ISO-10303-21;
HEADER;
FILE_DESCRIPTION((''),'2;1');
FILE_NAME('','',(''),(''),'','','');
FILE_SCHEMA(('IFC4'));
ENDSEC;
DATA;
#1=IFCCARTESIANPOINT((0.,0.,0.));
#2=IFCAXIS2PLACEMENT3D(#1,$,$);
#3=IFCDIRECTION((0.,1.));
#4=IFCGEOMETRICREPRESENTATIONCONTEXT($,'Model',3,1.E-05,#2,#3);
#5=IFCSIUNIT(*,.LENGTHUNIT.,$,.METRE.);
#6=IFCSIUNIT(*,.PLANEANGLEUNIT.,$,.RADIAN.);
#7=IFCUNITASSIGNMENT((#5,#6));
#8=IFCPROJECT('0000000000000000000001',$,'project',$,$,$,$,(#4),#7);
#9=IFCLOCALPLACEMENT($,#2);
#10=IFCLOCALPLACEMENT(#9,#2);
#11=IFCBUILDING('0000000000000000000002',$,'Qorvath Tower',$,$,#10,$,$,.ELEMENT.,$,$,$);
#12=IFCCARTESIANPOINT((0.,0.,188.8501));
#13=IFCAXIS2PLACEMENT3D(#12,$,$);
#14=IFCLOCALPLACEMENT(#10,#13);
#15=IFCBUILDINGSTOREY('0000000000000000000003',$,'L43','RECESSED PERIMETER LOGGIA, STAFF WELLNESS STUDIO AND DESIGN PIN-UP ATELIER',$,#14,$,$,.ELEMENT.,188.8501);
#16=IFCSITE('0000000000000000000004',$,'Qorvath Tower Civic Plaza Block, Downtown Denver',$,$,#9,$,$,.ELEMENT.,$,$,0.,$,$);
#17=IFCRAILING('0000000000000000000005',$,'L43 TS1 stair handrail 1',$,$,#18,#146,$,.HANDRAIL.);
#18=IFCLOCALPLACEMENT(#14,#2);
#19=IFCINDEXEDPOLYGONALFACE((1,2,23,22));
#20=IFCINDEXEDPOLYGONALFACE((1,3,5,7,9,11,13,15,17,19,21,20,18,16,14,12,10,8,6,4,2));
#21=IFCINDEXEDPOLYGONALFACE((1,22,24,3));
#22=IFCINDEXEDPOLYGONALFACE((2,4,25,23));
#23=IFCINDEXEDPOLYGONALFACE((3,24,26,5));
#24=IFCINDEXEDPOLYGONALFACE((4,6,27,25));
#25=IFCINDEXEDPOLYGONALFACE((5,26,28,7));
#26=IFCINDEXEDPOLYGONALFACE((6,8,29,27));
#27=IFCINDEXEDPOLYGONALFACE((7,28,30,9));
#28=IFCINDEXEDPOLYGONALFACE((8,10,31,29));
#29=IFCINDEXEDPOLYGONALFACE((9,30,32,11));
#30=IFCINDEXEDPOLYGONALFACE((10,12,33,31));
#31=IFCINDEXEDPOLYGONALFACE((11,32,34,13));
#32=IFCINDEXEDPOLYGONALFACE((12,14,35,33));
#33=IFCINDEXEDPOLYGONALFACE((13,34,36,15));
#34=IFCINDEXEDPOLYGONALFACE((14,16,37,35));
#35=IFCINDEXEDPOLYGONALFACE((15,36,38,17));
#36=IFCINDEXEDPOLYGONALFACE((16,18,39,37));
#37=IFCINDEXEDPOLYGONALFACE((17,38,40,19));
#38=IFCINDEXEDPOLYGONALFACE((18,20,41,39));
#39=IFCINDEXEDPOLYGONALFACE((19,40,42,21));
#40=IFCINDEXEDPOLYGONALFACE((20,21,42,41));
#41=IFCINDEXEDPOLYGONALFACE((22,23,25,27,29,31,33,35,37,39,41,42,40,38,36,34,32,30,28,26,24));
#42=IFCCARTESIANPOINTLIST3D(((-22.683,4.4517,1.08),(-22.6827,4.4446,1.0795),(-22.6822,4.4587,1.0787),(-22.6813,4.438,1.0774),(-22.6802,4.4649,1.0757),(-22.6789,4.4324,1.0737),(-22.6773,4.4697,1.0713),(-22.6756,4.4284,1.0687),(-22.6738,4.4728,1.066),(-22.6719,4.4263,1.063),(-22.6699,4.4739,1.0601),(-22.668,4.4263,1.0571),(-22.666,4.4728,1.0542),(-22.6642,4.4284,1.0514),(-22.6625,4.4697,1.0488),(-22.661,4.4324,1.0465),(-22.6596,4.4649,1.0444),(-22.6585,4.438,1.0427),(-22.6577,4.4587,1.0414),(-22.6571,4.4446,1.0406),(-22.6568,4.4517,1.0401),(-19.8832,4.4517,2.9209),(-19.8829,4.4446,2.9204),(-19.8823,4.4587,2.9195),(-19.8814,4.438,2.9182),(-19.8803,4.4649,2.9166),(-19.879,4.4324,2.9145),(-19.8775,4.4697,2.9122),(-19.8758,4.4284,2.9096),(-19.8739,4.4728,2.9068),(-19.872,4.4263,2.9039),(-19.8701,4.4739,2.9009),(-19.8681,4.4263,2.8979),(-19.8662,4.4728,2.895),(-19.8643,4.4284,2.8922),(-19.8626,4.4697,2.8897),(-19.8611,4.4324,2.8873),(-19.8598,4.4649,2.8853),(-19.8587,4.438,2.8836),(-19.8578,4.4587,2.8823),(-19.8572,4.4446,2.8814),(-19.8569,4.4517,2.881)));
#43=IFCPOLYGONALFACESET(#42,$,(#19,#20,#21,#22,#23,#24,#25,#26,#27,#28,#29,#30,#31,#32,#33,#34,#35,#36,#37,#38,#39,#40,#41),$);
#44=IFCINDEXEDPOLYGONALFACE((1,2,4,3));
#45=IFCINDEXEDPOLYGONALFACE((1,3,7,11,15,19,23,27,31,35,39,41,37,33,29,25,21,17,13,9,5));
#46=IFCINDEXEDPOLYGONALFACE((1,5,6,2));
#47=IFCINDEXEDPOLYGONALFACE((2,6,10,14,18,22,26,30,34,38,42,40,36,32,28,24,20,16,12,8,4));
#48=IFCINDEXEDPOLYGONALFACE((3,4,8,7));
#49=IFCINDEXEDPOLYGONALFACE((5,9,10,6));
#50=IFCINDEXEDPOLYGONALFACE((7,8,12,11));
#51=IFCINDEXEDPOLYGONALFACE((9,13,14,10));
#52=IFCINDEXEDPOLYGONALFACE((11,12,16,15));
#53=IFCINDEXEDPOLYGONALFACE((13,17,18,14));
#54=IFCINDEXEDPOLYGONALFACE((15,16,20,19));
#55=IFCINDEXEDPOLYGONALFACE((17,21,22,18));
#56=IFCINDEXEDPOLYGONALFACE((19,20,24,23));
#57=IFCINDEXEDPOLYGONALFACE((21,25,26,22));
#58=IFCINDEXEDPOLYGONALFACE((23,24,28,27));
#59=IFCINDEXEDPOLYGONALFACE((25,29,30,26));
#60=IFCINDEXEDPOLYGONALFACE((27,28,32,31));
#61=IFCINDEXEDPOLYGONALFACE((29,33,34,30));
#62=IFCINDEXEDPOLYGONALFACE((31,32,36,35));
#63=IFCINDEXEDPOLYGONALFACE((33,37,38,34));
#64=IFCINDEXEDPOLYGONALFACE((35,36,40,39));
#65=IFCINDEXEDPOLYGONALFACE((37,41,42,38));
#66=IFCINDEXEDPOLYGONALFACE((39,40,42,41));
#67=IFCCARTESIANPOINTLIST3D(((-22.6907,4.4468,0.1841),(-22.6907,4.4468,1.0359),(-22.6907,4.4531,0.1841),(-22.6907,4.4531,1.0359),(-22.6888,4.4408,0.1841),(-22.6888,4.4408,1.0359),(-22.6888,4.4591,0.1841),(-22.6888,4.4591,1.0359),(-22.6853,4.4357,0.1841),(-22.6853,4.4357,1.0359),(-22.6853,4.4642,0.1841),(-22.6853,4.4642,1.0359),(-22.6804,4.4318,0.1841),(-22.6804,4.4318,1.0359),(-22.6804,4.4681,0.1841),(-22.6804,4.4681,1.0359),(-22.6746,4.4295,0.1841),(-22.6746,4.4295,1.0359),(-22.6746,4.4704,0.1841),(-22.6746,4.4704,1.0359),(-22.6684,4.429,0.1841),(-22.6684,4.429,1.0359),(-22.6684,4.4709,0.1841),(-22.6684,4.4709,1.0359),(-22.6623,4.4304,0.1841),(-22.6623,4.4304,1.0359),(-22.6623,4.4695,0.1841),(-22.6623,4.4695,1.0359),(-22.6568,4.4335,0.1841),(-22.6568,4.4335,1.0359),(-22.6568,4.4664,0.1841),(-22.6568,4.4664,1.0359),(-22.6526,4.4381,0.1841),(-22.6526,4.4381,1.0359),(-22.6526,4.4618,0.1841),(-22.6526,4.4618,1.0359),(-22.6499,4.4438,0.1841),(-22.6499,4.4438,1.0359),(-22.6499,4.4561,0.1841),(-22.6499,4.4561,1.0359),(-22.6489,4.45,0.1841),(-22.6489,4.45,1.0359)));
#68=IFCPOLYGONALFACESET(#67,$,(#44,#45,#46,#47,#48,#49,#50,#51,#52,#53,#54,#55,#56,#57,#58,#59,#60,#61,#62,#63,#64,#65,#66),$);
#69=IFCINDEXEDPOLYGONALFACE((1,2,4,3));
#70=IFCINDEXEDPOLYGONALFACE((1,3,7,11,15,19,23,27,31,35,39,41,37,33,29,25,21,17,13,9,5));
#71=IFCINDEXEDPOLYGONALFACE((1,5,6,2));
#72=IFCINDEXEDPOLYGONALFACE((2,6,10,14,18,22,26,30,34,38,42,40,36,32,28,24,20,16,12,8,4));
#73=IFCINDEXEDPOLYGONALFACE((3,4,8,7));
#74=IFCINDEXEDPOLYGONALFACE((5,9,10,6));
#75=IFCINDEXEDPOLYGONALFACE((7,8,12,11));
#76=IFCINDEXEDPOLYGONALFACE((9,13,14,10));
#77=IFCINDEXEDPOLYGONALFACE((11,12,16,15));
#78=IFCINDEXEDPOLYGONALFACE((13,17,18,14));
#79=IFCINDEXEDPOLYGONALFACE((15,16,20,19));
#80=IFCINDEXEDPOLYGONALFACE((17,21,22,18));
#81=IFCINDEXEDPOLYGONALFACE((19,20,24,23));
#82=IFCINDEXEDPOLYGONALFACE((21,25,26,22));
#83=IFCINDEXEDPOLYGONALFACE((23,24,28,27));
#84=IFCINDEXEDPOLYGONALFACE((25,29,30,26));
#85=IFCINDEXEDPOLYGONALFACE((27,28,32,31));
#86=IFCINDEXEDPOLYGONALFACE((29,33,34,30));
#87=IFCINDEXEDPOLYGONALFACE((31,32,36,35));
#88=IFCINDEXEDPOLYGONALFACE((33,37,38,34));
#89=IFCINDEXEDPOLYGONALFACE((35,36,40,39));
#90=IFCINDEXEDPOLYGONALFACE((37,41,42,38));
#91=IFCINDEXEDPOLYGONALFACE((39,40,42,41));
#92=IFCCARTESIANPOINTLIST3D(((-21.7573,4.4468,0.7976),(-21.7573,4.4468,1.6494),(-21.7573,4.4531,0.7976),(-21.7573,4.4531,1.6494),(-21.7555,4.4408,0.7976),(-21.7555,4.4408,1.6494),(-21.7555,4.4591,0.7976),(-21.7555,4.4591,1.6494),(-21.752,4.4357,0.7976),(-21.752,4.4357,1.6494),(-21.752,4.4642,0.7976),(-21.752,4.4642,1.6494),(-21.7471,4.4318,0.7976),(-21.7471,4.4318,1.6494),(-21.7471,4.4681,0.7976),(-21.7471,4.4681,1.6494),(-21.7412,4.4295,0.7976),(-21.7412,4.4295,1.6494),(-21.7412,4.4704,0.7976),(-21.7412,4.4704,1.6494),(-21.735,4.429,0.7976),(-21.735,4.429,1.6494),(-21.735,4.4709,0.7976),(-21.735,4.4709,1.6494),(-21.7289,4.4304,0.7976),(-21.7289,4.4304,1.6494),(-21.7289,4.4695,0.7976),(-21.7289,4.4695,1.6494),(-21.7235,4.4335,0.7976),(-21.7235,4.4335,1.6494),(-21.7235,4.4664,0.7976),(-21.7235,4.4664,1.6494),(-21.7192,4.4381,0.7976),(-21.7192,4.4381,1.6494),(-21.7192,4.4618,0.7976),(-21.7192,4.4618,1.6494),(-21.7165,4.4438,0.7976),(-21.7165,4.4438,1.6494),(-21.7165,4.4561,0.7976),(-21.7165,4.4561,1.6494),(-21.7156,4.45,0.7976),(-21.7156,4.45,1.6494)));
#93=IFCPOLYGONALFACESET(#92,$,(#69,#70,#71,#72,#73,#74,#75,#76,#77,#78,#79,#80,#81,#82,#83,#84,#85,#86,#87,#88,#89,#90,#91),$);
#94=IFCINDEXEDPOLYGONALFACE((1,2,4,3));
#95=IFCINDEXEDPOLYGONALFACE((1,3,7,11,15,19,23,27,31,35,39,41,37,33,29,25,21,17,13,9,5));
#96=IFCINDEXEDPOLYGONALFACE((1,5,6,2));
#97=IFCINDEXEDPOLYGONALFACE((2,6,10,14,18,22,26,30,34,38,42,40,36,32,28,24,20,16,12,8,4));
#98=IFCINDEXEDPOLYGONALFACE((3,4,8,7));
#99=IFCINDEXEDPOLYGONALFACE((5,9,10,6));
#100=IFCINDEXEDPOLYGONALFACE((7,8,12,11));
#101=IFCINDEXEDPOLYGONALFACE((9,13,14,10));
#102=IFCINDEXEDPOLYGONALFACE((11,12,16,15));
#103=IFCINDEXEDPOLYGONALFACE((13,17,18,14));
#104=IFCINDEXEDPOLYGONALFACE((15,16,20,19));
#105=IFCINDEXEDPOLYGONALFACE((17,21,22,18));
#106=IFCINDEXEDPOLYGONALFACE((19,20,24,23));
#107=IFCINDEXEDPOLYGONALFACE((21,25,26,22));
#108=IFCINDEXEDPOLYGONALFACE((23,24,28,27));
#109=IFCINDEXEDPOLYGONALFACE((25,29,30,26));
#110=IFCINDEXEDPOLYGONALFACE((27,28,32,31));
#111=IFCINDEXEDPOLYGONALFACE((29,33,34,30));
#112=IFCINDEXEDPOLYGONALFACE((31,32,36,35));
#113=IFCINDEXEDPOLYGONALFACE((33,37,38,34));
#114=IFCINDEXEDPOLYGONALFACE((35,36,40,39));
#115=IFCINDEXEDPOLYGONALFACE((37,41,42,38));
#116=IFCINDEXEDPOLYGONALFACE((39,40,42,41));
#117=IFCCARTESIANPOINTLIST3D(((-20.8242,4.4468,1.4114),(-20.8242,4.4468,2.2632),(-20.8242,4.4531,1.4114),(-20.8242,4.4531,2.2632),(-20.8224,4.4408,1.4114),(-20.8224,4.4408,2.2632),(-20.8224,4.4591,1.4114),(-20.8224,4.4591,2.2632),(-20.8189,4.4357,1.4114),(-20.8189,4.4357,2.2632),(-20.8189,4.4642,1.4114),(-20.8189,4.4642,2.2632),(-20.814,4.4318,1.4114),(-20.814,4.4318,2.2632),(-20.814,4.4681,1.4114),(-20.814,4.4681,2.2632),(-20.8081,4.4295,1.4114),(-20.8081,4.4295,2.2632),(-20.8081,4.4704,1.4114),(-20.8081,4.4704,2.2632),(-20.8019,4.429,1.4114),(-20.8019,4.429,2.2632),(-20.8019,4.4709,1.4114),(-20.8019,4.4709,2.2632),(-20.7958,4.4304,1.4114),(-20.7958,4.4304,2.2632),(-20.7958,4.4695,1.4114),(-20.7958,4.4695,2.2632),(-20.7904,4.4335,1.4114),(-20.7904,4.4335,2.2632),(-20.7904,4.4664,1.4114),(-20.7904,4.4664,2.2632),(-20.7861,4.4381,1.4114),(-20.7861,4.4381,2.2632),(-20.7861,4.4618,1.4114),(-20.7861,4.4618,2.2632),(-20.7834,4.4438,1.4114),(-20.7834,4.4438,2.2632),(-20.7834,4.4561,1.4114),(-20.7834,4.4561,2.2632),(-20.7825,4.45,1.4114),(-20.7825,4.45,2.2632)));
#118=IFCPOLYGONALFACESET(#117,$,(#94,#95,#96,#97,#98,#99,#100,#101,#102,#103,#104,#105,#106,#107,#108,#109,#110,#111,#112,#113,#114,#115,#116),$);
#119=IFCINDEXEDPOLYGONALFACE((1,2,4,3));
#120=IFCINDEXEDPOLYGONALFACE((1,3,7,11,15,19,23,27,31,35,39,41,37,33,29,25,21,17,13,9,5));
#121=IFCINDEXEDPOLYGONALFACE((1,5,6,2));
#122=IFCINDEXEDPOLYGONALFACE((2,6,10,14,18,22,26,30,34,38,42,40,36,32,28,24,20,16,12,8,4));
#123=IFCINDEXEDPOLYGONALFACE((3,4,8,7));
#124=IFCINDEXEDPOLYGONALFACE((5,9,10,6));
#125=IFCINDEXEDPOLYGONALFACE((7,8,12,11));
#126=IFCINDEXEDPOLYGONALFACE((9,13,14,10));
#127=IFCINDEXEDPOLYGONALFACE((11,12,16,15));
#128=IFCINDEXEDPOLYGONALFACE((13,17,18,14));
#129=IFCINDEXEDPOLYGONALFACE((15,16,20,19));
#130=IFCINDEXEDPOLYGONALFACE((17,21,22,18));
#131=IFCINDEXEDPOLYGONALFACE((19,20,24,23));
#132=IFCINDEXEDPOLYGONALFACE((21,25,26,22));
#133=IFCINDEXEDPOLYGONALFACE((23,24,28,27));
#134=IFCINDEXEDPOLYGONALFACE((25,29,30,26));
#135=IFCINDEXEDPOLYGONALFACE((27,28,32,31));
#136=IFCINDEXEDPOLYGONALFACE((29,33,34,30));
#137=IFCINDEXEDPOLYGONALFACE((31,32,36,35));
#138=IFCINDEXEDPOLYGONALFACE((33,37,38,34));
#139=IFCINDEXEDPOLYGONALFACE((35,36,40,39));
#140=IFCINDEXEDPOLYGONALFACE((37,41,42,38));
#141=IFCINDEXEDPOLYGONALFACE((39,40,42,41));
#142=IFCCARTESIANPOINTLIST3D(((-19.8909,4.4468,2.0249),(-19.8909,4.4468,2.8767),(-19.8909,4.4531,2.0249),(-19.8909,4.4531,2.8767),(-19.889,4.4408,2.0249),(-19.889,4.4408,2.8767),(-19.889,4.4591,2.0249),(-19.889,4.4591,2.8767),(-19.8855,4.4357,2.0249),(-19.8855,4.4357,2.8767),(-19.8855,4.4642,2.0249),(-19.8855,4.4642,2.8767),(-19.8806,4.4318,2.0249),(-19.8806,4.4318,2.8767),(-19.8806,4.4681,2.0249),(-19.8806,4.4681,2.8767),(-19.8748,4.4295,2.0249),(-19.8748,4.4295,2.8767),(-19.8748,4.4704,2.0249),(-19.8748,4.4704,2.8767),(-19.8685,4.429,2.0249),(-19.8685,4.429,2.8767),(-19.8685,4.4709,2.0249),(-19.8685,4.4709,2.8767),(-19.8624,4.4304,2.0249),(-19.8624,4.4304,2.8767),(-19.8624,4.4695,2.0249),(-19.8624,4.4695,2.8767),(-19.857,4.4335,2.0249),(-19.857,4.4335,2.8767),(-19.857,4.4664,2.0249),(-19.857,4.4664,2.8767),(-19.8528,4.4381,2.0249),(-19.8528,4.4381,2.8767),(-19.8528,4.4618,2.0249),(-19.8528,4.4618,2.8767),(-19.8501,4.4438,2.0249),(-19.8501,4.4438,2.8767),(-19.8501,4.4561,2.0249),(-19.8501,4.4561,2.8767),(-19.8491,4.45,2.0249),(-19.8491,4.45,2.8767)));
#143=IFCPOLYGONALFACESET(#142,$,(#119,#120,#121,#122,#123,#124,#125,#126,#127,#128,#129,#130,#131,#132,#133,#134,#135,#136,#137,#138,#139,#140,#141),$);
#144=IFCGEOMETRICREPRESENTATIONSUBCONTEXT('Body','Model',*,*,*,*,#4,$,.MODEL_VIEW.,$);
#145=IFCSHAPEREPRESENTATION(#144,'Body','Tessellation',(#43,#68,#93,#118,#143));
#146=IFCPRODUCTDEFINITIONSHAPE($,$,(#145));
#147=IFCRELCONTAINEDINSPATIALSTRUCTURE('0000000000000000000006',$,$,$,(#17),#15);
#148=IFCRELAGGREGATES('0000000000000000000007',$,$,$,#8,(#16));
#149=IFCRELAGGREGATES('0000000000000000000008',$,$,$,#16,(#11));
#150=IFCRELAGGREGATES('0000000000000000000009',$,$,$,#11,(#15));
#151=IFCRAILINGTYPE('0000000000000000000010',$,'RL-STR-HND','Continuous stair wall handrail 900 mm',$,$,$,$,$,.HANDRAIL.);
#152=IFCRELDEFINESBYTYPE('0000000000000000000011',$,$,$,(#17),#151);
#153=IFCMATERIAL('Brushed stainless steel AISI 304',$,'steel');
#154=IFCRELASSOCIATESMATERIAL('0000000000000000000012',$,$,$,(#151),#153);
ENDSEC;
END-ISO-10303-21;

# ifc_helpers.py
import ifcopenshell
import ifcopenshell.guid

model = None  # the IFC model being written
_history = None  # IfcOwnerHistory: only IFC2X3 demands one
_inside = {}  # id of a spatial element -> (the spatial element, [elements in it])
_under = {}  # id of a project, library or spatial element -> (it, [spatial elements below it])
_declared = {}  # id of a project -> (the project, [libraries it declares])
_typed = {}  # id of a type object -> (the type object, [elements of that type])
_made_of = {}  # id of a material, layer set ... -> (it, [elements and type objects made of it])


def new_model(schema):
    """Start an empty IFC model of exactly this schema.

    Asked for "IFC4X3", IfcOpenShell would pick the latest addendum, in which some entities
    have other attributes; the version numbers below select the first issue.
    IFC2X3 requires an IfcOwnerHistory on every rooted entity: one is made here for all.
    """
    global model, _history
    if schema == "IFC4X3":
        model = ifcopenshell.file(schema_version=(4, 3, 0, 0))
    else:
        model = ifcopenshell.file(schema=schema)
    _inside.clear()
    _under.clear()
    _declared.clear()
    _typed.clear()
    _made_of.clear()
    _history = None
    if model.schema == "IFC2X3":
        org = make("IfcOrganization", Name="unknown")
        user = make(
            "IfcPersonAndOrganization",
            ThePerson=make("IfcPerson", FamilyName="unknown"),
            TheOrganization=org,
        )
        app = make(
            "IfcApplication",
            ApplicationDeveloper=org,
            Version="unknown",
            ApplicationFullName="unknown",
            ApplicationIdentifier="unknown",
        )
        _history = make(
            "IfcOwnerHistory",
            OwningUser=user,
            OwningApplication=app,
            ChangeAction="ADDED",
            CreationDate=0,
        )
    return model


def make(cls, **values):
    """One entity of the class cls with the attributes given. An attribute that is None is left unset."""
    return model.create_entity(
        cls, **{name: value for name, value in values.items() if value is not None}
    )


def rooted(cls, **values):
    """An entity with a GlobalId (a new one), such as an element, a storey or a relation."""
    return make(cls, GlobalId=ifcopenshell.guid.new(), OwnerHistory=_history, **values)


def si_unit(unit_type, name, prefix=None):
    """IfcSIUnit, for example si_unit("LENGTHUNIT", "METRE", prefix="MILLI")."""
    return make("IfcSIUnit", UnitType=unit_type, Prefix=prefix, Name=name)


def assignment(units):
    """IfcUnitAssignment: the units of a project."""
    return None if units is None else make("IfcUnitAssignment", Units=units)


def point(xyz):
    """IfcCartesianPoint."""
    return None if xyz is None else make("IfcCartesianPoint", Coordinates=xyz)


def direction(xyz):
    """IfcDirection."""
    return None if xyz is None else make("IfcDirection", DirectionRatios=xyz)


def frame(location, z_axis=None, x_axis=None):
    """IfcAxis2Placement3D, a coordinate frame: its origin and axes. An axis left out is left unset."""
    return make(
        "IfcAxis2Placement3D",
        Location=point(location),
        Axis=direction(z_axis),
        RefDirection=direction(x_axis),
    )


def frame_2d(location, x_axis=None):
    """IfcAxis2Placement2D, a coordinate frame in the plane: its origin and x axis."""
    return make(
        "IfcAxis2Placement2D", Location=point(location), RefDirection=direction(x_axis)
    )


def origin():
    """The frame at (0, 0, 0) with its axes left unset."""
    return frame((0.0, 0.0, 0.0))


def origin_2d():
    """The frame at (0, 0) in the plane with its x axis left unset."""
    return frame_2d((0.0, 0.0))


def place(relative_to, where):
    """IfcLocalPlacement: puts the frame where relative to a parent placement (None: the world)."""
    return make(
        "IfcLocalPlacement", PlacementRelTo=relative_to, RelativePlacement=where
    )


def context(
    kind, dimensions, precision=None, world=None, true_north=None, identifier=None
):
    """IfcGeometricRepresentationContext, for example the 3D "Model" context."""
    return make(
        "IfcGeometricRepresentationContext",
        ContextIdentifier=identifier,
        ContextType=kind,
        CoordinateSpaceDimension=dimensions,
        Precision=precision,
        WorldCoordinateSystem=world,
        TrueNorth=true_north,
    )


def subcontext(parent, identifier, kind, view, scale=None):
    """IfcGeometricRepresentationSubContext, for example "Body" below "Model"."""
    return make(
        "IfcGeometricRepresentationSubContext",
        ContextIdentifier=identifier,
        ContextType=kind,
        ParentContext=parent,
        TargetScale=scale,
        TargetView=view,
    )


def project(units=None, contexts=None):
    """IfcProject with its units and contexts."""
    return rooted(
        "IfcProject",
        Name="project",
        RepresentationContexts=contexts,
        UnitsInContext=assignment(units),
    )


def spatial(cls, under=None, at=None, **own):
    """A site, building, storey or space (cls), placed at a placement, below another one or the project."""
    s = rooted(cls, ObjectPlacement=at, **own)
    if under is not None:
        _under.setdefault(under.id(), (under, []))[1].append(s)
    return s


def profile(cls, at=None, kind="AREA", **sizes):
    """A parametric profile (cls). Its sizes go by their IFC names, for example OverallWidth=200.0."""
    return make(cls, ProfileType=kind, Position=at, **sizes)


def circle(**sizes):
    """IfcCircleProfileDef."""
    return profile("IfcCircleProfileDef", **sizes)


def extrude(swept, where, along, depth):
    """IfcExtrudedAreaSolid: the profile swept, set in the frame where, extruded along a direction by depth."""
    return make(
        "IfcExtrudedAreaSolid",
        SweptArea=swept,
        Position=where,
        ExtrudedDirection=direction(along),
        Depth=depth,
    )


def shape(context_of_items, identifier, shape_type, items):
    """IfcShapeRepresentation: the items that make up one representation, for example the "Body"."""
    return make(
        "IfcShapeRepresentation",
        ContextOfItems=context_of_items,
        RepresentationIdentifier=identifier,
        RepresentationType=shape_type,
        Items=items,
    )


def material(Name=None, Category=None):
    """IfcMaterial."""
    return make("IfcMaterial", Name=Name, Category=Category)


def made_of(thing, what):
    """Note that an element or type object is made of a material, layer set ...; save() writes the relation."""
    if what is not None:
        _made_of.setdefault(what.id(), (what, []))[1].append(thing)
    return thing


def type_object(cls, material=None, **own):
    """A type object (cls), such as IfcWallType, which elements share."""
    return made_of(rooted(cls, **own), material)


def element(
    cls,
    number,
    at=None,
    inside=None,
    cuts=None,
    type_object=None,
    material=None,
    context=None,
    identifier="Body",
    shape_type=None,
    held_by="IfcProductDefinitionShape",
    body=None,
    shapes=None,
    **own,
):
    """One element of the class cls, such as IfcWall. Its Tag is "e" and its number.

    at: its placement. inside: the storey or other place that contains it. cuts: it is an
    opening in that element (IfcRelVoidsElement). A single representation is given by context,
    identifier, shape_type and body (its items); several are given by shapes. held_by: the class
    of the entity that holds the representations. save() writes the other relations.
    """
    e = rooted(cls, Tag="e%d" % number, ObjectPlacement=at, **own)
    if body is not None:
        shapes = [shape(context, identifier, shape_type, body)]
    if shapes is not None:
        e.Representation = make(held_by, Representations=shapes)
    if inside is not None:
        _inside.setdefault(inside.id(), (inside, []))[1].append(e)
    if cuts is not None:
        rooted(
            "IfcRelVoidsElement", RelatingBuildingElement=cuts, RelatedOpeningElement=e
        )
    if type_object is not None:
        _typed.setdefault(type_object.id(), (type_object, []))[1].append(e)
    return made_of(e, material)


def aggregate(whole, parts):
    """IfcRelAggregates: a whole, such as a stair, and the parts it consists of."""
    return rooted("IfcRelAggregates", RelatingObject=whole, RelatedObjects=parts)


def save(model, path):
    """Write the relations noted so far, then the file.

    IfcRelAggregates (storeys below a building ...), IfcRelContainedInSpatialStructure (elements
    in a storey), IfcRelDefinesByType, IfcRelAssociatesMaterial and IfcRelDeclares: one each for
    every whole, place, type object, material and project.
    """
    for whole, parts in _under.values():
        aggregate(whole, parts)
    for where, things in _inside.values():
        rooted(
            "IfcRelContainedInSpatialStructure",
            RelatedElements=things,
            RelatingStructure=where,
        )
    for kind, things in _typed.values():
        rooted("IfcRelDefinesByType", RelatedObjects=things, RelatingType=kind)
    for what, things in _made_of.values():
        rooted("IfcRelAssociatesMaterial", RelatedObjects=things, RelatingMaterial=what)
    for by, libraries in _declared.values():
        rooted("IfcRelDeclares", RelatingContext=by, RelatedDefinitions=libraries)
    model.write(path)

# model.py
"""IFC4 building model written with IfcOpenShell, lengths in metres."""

from ifc_helpers import new_model, si_unit, direction, frame, origin, origin_2d, place, context, subcontext, project, spatial, circle, extrude, material, type_object, element, save


model = new_model("IFC4")

# Units and contexts
model_context = context("Model", 3, precision=1e-05, world=origin(), true_north=direction((0.0, 1.0)))
body_context = subcontext(model_context, "Body", "Model", "MODEL_VIEW")
ifc_project = project(units=[si_unit("LENGTHUNIT", "METRE"), si_unit("PLANEANGLEUNIT", "RADIAN")], contexts=[model_context])

# Site, building, storey
site_placement = place(None, origin())
site = spatial("IfcSite", under=ifc_project, at=site_placement, Name="Qorvath Tower Civic Plaza Block, Downtown Denver", CompositionType="ELEMENT", RefElevation=0.0)
building_placement = place(site_placement, origin())
building = spatial("IfcBuilding", under=site, at=building_placement, Name="Qorvath Tower", CompositionType="ELEMENT")
storey_placement = place(building_placement, frame((0.0, 0.0, 188.8501)))
storey = spatial("IfcBuildingStorey", under=building, at=storey_placement, Name="L43", Description="RECESSED PERIMETER LOGGIA, STAFF WELLNESS STUDIO AND DESIGN PIN-UP ATELIER", CompositionType="ELEMENT", Elevation=188.8501)

# Railing
ifc_material_1 = material(Name="Brushed stainless steel AISI 304", Category="steel")
railing_type_1 = type_object("IfcRailingType", Name="RL-STR-HND", Description="Continuous stair wall handrail 900 mm", PredefinedType="HANDRAIL", material=ifc_material_1)
railing_1_placement = place(storey_placement, frame((-22.6699, 4.45, 0.1841)))
element("IfcRailing", 1, at=railing_1_placement, inside=storey, type_object=railing_type_1, Name="L43 TS1 stair handrail 1", PredefinedType="HANDRAIL", context=body_context, shape_type="SweptSolid", body=[
    extrude(circle(Radius=0.0239, at=origin_2d()), frame((0.0, 0.0, 0.876), z_axis=(0.835576, 0.0, 0.549376), x_axis=(0.0, 1.0, 0.0)), (0.0, 0.0, 1.0), 3.3508),
    extrude(circle(Radius=0.021, at=origin_2d()), origin(), (0.0, 0.0, 1.0), 0.8518),
    extrude(circle(Radius=0.021, at=origin_2d()), frame((0.9333, 0.0, 0.6135)), (0.0, 0.0, 1.0), 0.8518),
    extrude(circle(Radius=0.021, at=origin_2d()), frame((1.8665, 0.0, 1.2273)), (0.0, 0.0, 1.0), 0.8518),
    extrude(circle(Radius=0.021, at=origin_2d()), frame((2.7998, 0.0, 1.8408)), (0.0, 0.0, 1.0), 0.8518),
])

save(model, "model.ifc")
